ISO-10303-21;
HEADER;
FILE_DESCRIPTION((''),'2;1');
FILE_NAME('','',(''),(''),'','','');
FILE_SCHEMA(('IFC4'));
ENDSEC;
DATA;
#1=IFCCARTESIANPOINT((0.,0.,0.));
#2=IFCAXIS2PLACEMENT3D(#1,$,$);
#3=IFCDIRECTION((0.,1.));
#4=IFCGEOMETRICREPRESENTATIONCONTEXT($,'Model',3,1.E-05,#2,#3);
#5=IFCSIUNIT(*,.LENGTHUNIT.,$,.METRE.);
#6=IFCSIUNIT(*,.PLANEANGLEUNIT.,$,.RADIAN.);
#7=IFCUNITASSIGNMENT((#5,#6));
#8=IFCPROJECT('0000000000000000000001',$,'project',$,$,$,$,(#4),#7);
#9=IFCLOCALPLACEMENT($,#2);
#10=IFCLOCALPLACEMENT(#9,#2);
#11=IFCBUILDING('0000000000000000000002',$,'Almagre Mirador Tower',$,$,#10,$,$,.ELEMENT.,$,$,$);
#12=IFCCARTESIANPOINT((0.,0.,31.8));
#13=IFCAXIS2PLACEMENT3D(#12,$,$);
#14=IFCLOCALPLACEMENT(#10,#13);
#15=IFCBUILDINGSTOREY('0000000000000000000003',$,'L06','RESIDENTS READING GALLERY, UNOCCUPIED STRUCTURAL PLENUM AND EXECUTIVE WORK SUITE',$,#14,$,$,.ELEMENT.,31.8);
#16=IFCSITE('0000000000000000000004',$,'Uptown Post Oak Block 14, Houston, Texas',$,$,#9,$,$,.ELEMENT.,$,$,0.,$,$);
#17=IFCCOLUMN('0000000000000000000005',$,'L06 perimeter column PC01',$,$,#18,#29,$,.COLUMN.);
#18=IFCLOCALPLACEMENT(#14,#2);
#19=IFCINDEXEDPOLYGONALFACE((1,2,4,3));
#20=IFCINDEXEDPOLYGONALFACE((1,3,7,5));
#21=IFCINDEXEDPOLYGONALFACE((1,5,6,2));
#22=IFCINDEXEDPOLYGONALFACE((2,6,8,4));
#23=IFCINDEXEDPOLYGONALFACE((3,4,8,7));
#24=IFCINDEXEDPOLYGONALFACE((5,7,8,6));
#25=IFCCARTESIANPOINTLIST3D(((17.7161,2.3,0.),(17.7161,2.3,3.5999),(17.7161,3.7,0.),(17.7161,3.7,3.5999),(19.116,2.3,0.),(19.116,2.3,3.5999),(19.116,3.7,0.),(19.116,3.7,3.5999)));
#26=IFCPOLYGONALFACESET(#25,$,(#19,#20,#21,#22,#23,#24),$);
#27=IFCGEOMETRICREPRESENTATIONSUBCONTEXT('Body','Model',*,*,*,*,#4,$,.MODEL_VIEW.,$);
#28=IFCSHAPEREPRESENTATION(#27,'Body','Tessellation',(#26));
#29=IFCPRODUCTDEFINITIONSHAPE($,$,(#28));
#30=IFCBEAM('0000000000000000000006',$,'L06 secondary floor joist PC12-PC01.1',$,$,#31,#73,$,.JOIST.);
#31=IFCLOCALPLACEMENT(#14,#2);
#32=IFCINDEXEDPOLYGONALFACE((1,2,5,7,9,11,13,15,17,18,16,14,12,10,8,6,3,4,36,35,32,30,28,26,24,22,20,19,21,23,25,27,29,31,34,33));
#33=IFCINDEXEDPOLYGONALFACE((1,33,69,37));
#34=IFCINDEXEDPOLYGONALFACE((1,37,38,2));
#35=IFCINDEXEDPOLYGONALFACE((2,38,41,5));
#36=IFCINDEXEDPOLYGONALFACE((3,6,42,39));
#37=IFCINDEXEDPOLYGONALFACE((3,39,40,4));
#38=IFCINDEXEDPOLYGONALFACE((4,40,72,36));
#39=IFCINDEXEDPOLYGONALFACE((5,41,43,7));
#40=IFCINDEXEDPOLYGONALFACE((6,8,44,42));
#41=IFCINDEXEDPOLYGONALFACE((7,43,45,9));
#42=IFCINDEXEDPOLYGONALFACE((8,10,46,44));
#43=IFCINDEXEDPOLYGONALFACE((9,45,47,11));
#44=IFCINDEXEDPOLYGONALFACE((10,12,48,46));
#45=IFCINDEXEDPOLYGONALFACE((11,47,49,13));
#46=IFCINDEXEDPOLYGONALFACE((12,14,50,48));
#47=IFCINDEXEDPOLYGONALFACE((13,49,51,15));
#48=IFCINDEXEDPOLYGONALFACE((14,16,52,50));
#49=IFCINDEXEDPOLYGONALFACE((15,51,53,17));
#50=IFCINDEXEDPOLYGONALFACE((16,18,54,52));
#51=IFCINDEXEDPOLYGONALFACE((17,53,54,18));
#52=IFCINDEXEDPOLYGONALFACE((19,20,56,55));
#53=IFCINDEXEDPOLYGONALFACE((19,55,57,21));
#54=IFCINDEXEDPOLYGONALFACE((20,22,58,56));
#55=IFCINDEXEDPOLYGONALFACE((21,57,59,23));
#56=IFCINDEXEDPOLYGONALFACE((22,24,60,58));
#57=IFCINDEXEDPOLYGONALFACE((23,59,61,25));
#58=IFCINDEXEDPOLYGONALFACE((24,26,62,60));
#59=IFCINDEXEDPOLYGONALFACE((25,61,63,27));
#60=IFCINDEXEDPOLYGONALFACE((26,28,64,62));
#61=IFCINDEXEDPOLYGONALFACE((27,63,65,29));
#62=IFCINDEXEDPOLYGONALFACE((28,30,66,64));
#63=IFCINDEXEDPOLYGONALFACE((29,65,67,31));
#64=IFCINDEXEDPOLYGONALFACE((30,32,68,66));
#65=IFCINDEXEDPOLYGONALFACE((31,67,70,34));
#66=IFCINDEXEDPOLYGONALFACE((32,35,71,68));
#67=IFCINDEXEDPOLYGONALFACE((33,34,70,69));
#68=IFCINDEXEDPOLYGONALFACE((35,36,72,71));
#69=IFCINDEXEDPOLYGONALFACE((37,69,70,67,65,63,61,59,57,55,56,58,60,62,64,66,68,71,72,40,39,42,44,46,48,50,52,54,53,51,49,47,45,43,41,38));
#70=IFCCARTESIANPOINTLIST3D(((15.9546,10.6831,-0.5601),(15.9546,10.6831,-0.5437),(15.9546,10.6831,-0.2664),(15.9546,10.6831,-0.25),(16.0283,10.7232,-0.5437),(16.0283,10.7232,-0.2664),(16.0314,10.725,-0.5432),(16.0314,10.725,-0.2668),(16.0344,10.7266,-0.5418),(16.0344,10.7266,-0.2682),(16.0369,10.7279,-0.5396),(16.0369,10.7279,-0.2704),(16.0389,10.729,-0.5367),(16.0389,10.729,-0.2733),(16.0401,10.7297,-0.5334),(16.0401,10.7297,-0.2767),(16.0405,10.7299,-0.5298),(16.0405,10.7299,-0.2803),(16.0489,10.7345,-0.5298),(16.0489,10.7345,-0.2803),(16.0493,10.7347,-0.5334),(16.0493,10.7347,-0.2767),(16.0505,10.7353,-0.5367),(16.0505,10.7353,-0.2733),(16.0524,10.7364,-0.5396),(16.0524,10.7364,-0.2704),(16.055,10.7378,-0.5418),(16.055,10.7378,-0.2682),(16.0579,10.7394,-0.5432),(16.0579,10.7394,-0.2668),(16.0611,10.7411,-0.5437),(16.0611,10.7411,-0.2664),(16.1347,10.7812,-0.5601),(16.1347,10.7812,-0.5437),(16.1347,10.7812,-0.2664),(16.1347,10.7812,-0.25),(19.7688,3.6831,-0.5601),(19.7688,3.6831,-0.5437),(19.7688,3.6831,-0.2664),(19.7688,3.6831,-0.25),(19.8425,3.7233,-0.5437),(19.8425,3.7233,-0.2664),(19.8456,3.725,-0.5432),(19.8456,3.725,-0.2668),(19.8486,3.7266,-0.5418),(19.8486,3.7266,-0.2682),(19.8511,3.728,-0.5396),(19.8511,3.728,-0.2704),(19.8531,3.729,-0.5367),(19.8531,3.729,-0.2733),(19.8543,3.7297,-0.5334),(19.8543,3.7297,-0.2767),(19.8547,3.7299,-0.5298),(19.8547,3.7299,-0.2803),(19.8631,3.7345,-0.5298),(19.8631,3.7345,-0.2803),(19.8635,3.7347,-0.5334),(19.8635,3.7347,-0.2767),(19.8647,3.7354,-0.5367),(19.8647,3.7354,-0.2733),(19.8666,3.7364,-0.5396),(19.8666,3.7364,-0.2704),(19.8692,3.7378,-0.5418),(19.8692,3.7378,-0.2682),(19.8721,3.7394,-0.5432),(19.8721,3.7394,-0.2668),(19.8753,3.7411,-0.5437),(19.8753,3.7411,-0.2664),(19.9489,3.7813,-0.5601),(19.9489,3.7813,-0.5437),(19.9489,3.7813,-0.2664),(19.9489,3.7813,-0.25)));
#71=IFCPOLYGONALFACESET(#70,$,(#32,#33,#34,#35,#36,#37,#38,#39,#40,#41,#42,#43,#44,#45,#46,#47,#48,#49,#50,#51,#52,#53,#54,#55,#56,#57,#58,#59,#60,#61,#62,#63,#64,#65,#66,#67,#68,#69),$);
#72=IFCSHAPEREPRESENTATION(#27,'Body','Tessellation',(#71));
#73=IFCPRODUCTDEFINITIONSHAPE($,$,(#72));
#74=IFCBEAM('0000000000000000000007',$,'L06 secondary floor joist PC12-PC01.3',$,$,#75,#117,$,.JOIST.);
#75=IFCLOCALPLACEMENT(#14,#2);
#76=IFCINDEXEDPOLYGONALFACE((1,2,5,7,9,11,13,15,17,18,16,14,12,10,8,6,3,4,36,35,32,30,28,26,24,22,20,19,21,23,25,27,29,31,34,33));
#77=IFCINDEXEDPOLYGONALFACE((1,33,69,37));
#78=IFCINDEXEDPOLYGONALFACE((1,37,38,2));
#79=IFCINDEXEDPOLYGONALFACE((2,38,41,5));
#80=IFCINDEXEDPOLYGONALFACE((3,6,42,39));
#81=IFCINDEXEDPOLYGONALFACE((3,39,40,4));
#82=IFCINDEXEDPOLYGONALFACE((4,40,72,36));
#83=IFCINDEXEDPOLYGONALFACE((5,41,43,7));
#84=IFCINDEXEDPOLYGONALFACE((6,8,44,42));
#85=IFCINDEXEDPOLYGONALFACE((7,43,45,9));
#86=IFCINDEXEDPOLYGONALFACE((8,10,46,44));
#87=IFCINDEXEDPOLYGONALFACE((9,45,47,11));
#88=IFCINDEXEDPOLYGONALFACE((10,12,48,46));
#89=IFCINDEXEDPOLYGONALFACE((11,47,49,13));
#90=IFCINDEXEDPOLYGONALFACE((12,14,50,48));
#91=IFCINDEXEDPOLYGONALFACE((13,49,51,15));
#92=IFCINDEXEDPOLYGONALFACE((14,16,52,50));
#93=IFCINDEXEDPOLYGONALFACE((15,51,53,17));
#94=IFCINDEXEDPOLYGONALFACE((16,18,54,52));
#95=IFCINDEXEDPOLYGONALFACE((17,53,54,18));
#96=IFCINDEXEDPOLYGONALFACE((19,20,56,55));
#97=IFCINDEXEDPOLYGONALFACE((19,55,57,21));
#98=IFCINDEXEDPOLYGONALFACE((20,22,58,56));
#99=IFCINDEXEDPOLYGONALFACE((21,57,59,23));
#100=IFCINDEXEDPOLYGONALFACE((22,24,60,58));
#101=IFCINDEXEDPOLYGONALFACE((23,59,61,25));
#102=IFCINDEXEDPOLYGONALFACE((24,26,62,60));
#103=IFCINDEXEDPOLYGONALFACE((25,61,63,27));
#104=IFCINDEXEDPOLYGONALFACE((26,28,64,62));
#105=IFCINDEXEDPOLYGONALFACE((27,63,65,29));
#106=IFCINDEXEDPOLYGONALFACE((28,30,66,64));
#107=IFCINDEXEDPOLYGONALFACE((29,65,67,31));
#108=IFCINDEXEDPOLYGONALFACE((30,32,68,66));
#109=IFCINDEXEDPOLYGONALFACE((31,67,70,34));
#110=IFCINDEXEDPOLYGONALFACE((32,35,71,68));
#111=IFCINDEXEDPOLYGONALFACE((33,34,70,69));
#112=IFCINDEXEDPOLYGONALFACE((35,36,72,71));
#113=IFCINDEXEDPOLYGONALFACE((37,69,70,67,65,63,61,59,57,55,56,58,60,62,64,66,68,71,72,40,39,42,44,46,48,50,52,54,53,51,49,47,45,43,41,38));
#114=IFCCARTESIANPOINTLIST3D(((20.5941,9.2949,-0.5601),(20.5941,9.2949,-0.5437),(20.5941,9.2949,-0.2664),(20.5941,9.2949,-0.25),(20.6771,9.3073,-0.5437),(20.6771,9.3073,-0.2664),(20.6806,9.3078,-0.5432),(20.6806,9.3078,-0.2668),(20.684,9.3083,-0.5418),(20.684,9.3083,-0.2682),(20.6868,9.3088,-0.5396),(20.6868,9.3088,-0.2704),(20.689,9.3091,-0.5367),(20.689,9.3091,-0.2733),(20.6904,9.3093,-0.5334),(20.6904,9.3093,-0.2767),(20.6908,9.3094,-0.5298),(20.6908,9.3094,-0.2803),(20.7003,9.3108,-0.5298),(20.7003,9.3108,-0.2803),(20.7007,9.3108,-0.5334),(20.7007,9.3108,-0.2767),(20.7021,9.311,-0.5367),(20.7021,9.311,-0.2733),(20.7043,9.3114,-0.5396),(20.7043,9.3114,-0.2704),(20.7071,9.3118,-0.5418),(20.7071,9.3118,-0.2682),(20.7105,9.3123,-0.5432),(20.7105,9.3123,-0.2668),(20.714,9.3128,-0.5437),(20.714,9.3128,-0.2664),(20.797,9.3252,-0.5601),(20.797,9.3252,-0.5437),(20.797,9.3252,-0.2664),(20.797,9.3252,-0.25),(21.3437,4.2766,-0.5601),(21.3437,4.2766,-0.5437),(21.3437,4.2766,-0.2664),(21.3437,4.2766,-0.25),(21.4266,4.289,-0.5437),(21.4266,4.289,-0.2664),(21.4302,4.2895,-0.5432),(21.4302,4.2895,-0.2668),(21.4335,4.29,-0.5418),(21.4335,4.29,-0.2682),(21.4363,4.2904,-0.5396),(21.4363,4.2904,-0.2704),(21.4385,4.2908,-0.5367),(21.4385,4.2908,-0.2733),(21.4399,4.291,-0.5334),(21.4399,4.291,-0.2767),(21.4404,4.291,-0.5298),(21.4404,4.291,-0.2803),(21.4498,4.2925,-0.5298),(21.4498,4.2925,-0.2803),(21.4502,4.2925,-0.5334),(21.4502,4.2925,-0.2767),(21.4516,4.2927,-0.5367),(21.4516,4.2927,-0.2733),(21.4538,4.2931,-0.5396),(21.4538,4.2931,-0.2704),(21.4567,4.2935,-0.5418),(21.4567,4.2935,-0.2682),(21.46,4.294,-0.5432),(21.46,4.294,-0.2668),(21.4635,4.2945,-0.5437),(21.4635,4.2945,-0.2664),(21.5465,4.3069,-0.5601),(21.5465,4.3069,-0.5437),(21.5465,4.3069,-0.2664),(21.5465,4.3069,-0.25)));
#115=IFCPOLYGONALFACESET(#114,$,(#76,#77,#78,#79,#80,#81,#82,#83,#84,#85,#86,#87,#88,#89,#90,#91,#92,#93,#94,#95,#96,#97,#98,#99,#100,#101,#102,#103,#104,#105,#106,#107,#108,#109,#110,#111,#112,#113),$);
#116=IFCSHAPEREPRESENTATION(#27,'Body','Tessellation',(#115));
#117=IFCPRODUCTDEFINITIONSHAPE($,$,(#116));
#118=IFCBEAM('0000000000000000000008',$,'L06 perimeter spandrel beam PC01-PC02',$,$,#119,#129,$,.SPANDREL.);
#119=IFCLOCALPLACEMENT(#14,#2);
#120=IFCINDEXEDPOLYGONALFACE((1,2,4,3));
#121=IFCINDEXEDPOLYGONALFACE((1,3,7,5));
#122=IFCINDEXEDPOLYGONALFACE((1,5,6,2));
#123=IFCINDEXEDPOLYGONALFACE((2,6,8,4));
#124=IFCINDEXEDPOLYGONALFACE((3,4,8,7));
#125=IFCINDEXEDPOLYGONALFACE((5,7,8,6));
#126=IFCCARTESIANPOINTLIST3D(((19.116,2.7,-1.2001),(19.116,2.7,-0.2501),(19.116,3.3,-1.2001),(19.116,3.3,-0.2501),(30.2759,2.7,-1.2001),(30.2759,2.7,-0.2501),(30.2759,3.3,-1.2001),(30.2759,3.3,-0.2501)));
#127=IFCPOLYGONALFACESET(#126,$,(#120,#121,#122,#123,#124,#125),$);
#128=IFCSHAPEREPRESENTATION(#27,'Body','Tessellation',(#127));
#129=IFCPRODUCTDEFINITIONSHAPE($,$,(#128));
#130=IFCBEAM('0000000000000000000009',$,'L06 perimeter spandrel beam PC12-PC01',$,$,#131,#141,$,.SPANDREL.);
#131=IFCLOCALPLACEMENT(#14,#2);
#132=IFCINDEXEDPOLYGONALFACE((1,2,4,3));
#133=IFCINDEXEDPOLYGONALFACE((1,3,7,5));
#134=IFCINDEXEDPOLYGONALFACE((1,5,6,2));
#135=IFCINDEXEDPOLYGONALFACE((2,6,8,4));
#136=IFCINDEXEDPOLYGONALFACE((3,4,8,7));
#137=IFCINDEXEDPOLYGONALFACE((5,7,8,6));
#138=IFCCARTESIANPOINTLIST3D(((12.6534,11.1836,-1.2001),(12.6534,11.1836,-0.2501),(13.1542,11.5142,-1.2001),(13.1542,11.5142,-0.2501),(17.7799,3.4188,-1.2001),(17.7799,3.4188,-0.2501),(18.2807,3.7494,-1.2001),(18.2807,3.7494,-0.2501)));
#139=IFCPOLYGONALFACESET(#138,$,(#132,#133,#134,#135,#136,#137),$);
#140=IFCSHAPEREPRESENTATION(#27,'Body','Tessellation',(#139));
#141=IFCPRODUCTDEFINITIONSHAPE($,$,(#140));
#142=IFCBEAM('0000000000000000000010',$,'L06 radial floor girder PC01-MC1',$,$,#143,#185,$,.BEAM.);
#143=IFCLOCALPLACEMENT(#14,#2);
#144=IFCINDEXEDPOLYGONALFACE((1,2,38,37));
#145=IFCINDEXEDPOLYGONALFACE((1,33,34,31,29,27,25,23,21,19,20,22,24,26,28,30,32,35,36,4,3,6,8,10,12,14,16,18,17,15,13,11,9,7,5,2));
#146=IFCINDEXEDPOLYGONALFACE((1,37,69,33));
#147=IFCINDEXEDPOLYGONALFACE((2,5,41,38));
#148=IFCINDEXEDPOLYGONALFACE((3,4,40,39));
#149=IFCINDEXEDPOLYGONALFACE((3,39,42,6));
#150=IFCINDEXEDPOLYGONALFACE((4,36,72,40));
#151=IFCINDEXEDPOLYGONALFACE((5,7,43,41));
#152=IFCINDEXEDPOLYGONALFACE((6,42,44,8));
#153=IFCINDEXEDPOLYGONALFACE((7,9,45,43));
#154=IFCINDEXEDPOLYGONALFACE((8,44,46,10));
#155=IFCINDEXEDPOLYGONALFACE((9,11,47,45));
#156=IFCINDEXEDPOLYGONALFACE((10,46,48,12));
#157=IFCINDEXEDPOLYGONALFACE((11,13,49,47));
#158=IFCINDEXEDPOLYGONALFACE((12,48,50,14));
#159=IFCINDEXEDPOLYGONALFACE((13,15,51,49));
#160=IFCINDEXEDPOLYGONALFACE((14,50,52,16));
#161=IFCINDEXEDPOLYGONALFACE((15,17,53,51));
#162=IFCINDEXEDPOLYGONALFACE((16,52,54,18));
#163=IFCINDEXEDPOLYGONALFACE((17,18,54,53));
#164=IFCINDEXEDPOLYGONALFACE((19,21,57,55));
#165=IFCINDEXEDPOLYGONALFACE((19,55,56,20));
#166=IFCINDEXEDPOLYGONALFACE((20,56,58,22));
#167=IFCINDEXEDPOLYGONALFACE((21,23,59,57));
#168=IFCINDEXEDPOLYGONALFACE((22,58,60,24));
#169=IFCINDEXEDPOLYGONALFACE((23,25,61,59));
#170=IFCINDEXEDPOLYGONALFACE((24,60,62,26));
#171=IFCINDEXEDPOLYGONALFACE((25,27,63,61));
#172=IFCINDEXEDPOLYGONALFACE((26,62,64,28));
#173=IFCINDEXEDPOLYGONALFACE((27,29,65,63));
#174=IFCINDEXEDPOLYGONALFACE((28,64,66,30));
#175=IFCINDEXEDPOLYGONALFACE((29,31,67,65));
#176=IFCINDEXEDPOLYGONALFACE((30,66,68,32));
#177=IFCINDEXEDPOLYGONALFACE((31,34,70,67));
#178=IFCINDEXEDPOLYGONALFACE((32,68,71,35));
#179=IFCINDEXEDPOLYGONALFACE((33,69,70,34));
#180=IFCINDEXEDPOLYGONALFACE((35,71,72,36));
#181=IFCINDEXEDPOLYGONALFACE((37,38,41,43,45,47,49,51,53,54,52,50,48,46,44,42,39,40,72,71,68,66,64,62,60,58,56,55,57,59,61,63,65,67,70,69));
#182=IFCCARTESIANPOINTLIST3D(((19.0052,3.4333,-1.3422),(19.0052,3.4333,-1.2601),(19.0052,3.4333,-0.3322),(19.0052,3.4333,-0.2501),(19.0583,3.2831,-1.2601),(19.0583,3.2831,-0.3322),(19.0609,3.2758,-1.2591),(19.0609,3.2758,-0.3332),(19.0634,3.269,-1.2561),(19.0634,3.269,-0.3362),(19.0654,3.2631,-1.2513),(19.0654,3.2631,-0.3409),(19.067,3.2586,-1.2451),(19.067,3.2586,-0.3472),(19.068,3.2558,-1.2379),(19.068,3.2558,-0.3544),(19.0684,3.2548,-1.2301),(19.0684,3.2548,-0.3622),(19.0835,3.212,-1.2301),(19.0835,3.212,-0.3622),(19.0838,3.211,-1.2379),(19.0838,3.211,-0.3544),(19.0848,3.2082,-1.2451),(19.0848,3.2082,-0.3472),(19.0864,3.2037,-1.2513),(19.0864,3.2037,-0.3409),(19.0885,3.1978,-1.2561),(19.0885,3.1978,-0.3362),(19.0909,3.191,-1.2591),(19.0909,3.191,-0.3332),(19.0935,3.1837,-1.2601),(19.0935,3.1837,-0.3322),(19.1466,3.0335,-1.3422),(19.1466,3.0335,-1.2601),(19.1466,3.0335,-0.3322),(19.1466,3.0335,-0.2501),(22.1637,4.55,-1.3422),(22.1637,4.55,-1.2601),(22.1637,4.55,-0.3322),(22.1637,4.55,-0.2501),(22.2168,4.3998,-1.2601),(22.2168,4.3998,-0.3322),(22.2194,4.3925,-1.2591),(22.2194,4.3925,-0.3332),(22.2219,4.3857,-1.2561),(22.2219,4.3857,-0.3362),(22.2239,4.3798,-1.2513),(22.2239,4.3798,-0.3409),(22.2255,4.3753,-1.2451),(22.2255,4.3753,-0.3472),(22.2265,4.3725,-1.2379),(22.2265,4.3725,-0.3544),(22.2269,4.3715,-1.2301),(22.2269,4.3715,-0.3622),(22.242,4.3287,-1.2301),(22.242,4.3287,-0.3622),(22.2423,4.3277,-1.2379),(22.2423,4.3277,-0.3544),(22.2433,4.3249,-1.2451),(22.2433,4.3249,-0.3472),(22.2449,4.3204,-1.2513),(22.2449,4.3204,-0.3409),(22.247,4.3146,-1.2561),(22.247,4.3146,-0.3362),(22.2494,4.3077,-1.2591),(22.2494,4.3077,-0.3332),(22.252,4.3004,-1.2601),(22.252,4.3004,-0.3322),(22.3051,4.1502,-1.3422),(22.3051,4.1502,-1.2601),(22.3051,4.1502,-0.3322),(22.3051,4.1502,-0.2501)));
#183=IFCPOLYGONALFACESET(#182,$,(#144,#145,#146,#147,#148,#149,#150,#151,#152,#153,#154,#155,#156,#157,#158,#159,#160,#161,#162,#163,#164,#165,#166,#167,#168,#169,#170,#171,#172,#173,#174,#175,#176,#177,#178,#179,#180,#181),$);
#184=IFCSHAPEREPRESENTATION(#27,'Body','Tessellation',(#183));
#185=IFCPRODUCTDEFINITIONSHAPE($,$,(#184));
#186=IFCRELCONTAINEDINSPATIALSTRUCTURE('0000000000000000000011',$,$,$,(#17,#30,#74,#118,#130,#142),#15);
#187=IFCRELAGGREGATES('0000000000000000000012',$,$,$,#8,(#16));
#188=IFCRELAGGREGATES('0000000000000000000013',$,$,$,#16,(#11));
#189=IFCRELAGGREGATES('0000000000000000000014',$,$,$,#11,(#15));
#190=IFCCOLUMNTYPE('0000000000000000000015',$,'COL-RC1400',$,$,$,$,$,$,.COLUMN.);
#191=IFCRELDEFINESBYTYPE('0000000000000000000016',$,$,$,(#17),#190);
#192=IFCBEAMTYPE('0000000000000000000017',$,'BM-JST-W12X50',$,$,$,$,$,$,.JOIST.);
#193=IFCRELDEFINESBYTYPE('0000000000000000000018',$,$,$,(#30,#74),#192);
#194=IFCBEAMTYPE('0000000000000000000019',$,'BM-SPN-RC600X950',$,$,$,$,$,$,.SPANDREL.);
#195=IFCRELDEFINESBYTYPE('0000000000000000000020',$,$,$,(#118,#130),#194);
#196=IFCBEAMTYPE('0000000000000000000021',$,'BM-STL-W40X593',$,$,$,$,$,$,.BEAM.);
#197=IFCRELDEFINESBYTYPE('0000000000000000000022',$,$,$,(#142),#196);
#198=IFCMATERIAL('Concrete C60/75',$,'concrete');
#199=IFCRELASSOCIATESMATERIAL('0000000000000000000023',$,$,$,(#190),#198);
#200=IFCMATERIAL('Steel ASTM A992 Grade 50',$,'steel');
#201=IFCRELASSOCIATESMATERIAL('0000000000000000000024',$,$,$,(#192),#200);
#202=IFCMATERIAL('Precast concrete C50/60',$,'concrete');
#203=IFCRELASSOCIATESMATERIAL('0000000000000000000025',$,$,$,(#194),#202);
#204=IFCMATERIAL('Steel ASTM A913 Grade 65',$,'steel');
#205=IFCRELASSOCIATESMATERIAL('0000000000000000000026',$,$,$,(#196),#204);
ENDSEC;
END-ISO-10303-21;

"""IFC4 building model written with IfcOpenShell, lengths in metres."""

from ifc_helpers import new_model, si_unit, direction, frame, origin, origin_2d, place, context, subcontext, project, spatial, rectangle, i_section, extrude, material, material_profile, profile_set, type_object, element, save


model = new_model("IFC4")

# Units and contexts
model_context = context("Model", 3, precision=1e-05, world=origin(), true_north=direction((0.0, 1.0)))
body_context = subcontext(model_context, "Body", "Model", "MODEL_VIEW")
ifc_project = project(units=[si_unit("LENGTHUNIT", "METRE"), si_unit("PLANEANGLEUNIT", "RADIAN")], contexts=[model_context])

# Site, building, storey
site_placement = place(None, origin())
site = spatial("IfcSite", under=ifc_project, at=site_placement, Name="Uptown Post Oak Block 14, Houston, Texas", CompositionType="ELEMENT", RefElevation=0.0)
building_placement = place(site_placement, origin())
building = spatial("IfcBuilding", under=site, at=building_placement, Name="Almagre Mirador Tower", CompositionType="ELEMENT")
storey_placement = place(building_placement, frame((0.0, 0.0, 31.8)))
storey = spatial("IfcBuildingStorey", under=building, at=storey_placement, Name="L06", Description="RESIDENTS READING GALLERY, UNOCCUPIED STRUCTURAL PLENUM AND EXECUTIVE WORK SUITE", CompositionType="ELEMENT", Elevation=31.8)

# Column
ifc_material_1 = material(Name="Concrete C60/75", Category="concrete")
ifc_material_profile_1 = material_profile(ifc_material_1, rectangle(XDim=1.3999, YDim=1.3999, at=origin_2d()), Name="RC1400X1400")
ifc_profile_set_1 = profile_set([ifc_material_profile_1], Name="Concrete C60/75")
column_type = type_object("IfcColumnType", Name="COL-RC1400", PredefinedType="COLUMN", material=ifc_profile_set_1)
column_placement = place(storey_placement, frame((18.416, 3.0, 0.0), z_axis=(0.0, 0.0, 1.0), x_axis=(1.0, 0.0, 0.0)))
element("IfcColumn", 1, at=column_placement, inside=storey, type_object=column_type, Name="L06 perimeter column PC01", PredefinedType="COLUMN", context=body_context, shape_type="SweptSolid", body=[
    extrude(rectangle(XDim=1.3999, YDim=1.3999, at=origin_2d()), origin(), (0.0, 0.0, 1.0), 3.5999),
])

# Beams
ifc_material_2 = material(Name="Steel ASTM A992 Grade 50", Category="steel")
ifc_material_profile_2 = material_profile(ifc_material_2, i_section(OverallWidth=0.2051, OverallDepth=0.3101, WebThickness=0.0095, FlangeThickness=0.0164, FilletRadius=0.0139, at=origin_2d()), Name="W12X50")
ifc_profile_set_2 = profile_set([ifc_material_profile_2], Name="Steel ASTM A992 Grade 50")
beam_type_1 = type_object("IfcBeamType", Name="BM-JST-W12X50", PredefinedType="JOIST", material=ifc_profile_set_2)
beam_1_placement = place(storey_placement, frame((16.0447, 10.7322, -0.405), z_axis=(0.478468, -0.878105, 0.0), x_axis=(0.878105, 0.478468, 0.0)))
element("IfcBeam", 2, at=beam_1_placement, inside=storey, type_object=beam_type_1, Name="L06 secondary floor joist PC12-PC01.1", PredefinedType="JOIST", context=body_context, shape_type="SweptSolid", body=[
    extrude(i_section(OverallWidth=0.2051, OverallDepth=0.3101, WebThickness=0.0095, FlangeThickness=0.0164, FilletRadius=0.0139, at=origin_2d()), origin(), (0.0, 0.0, 1.0), 7.9717),
])
beam_2_placement = place(storey_placement, frame((20.6956, 9.3101, -0.405), z_axis=(0.147717, -0.98903, 0.0), x_axis=(0.98903, 0.147717, 0.0)))
element("IfcBeam", 3, at=beam_2_placement, inside=storey, type_object=beam_type_1, Name="L06 secondary floor joist PC12-PC01.3", PredefinedType="JOIST", context=body_context, shape_type="SweptSolid", body=[
    extrude(i_section(OverallWidth=0.2051, OverallDepth=0.3101, WebThickness=0.0095, FlangeThickness=0.0164, FilletRadius=0.0139, at=origin_2d()), origin(), (0.0, 0.0, 1.0), 5.074),
])
ifc_material_3 = material(Name="Precast concrete C50/60", Category="concrete")
ifc_material_profile_3 = material_profile(ifc_material_3, rectangle(XDim=0.6001, YDim=0.95, at=origin_2d()), Name="RC600X950")
ifc_profile_set_3 = profile_set([ifc_material_profile_3], Name="Precast concrete C50/60")
beam_type_2 = type_object("IfcBeamType", Name="BM-SPN-RC600X950", PredefinedType="SPANDREL", material=ifc_profile_set_3)
beam_3_placement = place(storey_placement, frame((19.116, 3.0, -0.7251), z_axis=(1.0, 0.0, 0.0), x_axis=(0.0, 1.0, 0.0)))
element("IfcBeam", 4, at=beam_3_placement, inside=storey, type_object=beam_type_2, Name="L06 perimeter spandrel beam PC01-PC02", PredefinedType="SPANDREL", context=body_context, shape_type="SweptSolid", body=[
    extrude(rectangle(XDim=0.6001, YDim=0.95, at=origin_2d()), origin(), (0.0, 0.0, 1.0), 11.1599),
])
beam_4_placement = place(storey_placement, frame((12.9038, 11.3489, -0.7251), z_axis=(0.550977, -0.834521, 0.0), x_axis=(0.834521, 0.550977, 0.0)))
element("IfcBeam", 5, at=beam_4_placement, inside=storey, type_object=beam_type_2, Name="L06 perimeter spandrel beam PC12-PC01", PredefinedType="SPANDREL", context=body_context, shape_type="SweptSolid", body=[
    extrude(rectangle(XDim=0.6001, YDim=0.95, at=origin_2d()), origin(), (0.0, 0.0, 1.0), 9.3044),
])
ifc_material_4 = material(Name="Steel ASTM A913 Grade 65", Category="steel")
ifc_material_profile_4 = material_profile(ifc_material_4, i_section(OverallWidth=0.4241, OverallDepth=1.092, WebThickness=0.0454, FlangeThickness=0.082, FilletRadius=0.03, at=origin_2d()), Name="W40X593")
ifc_profile_set_4 = profile_set([ifc_material_profile_4], Name="Steel ASTM A913 Grade 65")
beam_type_3 = type_object("IfcBeamType", Name="BM-STL-W40X593", PredefinedType="BEAM", material=ifc_profile_set_4)
beam_5_placement = place(storey_placement, frame((19.0759, 3.2334, -0.7961), z_axis=(0.942807, 0.333339, 0.0), x_axis=(-0.333339, 0.942807, 0.0)))
element("IfcBeam", 6, at=beam_5_placement, inside=storey, type_object=beam_type_3, Name="L06 radial floor girder PC01-MC1", PredefinedType="BEAM", context=body_context, shape_type="SweptSolid", body=[
    extrude(i_section(OverallWidth=0.4241, OverallDepth=1.092, WebThickness=0.0454, FlangeThickness=0.082, FilletRadius=0.03, at=origin_2d()), origin(), (0.0, 0.0, 1.0), 3.3501),
])

save(model, "model.ifc")
